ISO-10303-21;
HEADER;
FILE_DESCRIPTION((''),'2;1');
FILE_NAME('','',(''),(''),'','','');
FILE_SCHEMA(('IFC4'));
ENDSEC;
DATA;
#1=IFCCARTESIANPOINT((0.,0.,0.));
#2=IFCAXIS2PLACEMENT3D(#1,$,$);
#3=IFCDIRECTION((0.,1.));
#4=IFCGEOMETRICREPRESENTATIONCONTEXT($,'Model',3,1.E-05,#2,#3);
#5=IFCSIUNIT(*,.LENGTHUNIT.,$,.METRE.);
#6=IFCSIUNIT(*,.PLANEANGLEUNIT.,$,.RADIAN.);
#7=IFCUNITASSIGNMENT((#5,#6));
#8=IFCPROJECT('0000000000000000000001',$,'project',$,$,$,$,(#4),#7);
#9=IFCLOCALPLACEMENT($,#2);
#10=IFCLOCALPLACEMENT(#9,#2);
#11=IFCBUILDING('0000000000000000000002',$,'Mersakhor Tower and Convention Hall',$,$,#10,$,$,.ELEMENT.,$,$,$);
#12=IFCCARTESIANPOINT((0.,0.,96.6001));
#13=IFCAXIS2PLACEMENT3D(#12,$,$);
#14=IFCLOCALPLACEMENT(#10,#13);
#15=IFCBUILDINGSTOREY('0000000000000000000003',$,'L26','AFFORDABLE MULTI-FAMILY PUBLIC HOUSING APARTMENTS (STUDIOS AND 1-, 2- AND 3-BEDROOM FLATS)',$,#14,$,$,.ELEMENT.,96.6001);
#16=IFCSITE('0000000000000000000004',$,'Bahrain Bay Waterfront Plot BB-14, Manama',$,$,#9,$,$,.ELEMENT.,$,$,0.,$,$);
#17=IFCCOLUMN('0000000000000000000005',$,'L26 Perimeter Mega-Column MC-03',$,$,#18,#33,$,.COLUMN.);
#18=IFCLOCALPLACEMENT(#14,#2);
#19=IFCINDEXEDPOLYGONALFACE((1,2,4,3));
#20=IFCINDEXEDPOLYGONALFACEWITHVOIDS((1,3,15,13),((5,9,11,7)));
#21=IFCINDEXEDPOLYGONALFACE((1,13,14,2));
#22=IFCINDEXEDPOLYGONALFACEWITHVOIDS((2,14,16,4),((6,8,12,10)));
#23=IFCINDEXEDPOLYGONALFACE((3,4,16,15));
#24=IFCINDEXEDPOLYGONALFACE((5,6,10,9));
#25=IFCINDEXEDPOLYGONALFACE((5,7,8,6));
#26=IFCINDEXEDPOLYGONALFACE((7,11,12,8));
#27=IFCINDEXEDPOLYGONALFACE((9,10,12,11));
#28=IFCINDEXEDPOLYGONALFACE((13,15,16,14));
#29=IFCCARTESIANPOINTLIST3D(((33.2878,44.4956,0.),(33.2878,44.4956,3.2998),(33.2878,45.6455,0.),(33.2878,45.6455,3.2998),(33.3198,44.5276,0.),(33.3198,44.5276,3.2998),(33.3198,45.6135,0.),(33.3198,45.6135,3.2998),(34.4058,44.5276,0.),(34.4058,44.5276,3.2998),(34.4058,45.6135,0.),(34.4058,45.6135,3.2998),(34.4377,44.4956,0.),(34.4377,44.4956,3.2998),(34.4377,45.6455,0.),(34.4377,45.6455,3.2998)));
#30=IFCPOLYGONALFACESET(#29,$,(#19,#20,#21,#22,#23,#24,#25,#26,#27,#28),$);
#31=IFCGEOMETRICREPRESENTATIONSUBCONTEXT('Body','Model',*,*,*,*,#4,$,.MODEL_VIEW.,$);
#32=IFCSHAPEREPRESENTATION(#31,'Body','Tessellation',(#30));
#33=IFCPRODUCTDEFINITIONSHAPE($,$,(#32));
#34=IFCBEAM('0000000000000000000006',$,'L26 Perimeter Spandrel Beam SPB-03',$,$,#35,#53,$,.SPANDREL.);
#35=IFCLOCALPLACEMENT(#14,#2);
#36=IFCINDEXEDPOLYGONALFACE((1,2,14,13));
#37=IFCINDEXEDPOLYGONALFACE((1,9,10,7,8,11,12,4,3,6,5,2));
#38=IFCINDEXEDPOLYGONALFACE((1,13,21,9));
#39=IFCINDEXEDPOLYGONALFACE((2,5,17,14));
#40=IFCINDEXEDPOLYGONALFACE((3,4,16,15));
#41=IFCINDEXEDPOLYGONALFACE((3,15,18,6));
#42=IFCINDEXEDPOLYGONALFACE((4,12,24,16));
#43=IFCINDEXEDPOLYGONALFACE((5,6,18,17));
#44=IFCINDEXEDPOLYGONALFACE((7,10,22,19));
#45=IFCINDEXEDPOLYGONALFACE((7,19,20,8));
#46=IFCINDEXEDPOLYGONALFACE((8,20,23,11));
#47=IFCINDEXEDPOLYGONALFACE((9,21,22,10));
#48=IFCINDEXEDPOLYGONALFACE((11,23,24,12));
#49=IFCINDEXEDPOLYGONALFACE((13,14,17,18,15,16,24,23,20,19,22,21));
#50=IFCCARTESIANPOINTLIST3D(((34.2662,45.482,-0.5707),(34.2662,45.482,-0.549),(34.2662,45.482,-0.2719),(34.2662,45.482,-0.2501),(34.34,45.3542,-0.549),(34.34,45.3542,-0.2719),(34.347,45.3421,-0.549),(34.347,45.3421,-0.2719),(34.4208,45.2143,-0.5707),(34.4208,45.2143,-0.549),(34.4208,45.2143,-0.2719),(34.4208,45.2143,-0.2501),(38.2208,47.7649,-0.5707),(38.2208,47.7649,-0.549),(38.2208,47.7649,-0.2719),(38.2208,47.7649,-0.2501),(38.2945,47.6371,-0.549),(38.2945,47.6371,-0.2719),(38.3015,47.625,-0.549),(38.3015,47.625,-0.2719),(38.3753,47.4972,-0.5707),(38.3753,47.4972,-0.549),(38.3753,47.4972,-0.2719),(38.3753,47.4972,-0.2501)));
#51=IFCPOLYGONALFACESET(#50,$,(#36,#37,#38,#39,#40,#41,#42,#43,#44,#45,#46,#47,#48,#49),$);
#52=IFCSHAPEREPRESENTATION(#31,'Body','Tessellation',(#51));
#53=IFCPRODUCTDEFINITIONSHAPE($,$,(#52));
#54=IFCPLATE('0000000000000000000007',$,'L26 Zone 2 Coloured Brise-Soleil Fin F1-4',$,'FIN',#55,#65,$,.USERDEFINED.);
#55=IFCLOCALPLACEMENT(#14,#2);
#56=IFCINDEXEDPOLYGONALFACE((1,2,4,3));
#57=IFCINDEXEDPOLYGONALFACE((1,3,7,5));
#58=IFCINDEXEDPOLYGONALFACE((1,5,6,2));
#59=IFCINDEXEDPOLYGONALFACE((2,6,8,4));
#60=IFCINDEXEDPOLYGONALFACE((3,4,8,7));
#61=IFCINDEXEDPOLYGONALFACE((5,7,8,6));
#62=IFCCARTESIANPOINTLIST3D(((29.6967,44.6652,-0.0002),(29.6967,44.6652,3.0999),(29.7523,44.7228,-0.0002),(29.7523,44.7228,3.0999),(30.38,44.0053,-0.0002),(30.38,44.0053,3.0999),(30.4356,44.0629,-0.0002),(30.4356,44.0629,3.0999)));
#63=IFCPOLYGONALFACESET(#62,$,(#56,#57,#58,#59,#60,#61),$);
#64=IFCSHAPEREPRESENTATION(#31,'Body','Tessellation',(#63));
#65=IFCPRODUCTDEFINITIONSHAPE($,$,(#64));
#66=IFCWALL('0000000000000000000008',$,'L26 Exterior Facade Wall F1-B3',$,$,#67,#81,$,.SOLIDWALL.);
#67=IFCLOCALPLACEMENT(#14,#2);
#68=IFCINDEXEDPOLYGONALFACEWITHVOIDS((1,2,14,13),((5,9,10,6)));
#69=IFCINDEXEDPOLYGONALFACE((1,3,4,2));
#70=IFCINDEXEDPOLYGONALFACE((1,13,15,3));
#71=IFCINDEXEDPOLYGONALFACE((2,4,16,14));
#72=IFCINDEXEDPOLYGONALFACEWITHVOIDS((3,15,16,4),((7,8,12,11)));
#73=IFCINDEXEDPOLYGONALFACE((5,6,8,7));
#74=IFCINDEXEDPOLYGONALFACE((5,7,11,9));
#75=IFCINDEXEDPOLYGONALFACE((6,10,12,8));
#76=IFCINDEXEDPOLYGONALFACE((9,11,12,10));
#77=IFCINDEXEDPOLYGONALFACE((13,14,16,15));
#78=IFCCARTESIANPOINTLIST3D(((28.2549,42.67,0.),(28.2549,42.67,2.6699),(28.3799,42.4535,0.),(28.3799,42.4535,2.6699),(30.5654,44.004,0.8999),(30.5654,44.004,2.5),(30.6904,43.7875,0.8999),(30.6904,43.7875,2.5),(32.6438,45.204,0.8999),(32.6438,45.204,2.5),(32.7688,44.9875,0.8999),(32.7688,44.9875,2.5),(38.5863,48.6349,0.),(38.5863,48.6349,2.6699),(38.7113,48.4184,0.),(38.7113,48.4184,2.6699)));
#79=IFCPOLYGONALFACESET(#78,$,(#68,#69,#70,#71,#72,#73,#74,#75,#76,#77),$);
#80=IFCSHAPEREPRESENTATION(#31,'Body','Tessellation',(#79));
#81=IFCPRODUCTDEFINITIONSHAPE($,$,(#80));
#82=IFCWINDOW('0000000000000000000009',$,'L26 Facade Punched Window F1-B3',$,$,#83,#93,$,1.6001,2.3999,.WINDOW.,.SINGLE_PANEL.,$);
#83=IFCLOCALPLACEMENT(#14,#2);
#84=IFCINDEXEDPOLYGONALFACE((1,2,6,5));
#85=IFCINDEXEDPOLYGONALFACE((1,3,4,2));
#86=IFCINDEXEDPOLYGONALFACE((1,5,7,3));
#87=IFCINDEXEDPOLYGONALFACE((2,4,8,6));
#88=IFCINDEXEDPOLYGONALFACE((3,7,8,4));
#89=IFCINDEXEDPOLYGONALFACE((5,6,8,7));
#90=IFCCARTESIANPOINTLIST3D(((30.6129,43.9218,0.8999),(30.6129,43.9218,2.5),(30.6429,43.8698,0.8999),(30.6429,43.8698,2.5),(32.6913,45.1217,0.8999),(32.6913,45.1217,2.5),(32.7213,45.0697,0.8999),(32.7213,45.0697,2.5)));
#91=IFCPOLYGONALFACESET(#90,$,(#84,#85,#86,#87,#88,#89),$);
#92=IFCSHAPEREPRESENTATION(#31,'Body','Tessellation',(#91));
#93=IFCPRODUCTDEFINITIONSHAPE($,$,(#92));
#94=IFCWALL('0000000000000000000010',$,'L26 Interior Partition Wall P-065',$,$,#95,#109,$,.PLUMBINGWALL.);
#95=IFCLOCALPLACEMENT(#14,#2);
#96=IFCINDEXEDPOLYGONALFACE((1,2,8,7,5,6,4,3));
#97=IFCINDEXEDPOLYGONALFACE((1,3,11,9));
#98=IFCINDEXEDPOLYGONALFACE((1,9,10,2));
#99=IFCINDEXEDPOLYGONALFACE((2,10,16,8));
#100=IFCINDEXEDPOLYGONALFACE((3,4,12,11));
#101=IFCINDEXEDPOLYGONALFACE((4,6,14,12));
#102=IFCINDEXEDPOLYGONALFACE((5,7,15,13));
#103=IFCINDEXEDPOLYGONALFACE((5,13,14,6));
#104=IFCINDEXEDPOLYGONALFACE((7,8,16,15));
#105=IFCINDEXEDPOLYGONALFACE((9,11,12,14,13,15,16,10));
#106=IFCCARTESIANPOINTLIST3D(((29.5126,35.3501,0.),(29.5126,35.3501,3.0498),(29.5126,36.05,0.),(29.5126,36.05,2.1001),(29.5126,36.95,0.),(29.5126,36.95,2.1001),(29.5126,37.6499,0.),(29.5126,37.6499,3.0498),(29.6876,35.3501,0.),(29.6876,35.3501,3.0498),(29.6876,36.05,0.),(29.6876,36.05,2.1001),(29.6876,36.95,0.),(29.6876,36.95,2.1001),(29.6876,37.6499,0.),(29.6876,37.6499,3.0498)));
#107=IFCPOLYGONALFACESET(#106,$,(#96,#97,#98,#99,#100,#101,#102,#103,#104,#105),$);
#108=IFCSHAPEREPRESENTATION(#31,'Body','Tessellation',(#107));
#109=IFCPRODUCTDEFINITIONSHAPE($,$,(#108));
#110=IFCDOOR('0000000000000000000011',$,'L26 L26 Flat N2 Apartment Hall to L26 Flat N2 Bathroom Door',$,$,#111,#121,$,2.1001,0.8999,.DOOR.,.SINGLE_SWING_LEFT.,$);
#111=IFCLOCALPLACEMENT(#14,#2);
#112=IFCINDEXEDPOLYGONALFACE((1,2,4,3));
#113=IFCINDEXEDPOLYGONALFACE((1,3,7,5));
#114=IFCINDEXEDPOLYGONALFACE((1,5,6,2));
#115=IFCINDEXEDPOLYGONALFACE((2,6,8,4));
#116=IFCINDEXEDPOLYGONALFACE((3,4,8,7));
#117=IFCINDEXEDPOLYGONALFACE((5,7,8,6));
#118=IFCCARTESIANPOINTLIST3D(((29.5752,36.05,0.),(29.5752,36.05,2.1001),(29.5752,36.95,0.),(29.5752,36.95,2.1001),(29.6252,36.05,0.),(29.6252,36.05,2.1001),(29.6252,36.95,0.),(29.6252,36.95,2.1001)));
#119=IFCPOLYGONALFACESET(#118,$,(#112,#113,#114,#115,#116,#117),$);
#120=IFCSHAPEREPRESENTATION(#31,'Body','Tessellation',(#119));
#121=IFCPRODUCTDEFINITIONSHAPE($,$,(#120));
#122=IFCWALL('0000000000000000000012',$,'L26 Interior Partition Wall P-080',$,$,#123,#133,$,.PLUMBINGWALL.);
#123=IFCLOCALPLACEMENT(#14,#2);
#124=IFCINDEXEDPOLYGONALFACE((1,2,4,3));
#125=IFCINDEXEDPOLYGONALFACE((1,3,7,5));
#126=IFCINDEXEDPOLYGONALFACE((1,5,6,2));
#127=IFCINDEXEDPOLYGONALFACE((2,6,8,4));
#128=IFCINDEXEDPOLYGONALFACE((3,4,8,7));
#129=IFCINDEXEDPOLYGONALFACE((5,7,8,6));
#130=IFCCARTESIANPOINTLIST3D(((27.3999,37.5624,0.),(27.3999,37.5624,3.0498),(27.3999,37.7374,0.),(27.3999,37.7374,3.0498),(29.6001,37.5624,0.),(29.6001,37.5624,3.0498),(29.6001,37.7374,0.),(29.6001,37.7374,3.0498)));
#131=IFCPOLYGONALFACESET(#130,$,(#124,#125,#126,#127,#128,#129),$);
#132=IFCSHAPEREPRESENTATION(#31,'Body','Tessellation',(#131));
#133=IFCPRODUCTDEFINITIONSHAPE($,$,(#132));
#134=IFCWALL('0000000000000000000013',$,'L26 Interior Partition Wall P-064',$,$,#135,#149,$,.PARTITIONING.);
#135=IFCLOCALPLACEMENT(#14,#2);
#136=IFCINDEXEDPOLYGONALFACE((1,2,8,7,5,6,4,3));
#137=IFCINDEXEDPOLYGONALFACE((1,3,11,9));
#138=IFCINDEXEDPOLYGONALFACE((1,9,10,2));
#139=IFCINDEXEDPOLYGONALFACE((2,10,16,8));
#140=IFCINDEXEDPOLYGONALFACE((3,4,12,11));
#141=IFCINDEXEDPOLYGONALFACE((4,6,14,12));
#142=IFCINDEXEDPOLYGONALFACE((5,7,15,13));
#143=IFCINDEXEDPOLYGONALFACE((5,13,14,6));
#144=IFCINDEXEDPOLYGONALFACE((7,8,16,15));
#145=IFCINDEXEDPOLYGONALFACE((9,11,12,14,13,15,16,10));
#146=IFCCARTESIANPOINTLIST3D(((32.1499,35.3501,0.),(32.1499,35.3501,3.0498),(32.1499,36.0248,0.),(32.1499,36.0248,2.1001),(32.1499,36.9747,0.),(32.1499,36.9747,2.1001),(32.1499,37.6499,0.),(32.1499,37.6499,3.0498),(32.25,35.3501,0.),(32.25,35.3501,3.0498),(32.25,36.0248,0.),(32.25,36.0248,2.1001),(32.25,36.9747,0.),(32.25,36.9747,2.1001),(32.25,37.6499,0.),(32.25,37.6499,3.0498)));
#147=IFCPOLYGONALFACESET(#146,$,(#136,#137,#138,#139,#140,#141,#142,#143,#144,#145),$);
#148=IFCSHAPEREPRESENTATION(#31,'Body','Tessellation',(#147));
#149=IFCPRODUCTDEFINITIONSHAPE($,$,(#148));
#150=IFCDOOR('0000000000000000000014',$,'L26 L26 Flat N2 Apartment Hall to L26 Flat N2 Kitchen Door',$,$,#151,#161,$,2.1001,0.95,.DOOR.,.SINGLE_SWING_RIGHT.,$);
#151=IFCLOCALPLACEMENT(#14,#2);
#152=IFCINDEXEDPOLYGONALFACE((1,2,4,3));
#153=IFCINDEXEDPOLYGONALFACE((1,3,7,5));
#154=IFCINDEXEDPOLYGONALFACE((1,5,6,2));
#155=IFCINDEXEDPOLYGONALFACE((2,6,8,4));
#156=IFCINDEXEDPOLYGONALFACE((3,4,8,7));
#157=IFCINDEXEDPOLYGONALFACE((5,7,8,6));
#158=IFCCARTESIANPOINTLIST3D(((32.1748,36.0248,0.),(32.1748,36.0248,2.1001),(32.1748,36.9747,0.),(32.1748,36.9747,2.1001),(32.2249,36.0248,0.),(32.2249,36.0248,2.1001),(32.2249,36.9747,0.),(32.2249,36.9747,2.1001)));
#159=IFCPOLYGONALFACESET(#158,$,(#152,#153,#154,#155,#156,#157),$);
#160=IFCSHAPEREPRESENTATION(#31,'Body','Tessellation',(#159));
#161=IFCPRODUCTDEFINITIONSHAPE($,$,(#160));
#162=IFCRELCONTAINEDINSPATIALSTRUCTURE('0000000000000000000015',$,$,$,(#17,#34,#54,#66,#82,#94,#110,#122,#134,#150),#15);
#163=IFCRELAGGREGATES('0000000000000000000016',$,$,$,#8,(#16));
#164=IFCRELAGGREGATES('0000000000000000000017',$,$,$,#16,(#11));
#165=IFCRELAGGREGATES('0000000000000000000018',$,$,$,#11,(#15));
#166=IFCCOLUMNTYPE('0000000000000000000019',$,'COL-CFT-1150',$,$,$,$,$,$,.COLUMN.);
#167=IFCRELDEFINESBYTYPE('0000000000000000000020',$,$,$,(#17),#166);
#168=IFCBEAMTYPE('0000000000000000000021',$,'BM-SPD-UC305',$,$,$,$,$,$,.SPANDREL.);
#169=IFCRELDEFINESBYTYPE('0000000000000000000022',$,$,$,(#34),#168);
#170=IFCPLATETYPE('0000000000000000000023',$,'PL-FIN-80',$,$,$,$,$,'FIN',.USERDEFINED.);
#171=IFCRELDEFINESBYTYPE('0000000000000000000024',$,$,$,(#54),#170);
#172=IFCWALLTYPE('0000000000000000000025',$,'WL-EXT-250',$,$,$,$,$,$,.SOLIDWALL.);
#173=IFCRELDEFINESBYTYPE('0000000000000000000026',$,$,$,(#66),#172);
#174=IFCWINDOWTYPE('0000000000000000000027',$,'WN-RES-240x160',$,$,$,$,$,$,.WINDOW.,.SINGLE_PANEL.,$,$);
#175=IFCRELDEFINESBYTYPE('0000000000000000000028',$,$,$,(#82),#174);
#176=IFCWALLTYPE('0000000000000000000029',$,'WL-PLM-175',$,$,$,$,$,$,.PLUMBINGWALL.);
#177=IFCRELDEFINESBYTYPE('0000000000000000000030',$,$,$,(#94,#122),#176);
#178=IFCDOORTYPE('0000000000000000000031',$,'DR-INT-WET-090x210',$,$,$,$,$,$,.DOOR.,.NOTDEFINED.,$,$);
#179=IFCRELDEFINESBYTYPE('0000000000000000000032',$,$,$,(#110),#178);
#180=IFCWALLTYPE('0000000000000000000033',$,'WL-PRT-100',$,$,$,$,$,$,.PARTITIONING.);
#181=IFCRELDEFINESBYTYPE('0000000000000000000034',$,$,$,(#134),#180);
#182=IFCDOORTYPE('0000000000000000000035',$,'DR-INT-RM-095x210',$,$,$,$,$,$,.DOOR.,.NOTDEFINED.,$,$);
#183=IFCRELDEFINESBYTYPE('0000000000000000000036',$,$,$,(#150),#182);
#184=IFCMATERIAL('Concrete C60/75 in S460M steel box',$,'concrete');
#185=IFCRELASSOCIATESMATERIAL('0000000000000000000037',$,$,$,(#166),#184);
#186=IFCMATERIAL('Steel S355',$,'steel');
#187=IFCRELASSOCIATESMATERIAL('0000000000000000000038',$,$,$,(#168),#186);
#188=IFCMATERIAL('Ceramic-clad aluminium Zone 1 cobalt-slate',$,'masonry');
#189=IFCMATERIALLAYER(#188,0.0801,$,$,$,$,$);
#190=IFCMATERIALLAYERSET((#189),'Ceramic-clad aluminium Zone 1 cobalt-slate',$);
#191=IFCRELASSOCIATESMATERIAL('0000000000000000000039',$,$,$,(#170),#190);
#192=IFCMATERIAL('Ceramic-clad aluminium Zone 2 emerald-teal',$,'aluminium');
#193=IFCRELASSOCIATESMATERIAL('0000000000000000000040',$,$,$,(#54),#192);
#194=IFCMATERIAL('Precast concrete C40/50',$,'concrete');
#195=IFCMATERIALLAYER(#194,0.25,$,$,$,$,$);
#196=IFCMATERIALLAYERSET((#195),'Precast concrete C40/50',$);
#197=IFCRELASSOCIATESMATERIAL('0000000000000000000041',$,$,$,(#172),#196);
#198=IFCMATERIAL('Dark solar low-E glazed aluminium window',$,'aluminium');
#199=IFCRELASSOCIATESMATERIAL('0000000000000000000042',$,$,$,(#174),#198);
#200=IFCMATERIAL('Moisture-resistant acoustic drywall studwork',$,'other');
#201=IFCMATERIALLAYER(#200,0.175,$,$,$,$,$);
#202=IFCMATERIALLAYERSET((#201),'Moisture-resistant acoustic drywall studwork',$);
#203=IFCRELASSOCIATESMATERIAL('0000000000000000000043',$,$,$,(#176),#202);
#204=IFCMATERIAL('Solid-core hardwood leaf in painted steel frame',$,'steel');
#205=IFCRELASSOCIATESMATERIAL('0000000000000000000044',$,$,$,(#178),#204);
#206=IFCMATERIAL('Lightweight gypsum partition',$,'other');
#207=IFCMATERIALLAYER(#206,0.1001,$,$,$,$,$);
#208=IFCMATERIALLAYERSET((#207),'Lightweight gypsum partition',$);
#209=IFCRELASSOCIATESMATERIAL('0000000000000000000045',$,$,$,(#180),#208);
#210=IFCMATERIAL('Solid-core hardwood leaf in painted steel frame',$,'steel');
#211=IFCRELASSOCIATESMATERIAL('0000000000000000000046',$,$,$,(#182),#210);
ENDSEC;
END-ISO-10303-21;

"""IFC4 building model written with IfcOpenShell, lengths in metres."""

from ifc_helpers import new_model, si_unit, direction, frame, frame_2d, origin, origin_2d, place, context, subcontext, project, spatial, rectangle, hollow_rectangle, i_section, extrude, material, layer, layer_set, material_profile, profile_set, type_object, element, fill, save


model = new_model("IFC4")

# Units and contexts
model_context = context("Model", 3, precision=1e-05, world=origin(), true_north=direction((0.0, 1.0)))
body_context = subcontext(model_context, "Body", "Model", "MODEL_VIEW")
ifc_project = project(units=[si_unit("LENGTHUNIT", "METRE"), si_unit("PLANEANGLEUNIT", "RADIAN")], contexts=[model_context])

# Site, building, storey
site_placement = place(None, origin())
site = spatial("IfcSite", under=ifc_project, at=site_placement, Name="Bahrain Bay Waterfront Plot BB-14, Manama", CompositionType="ELEMENT", RefElevation=0.0)
building_placement = place(site_placement, origin())
building = spatial("IfcBuilding", under=site, at=building_placement, Name="Mersakhor Tower and Convention Hall", CompositionType="ELEMENT")
storey_placement = place(building_placement, frame((0.0, 0.0, 96.6001)))
storey = spatial("IfcBuildingStorey", under=building, at=storey_placement, Name="L26", Description="AFFORDABLE MULTI-FAMILY PUBLIC HOUSING APARTMENTS (STUDIOS AND 1-, 2- AND 3-BEDROOM FLATS)", CompositionType="ELEMENT", Elevation=96.6001)

# Column
ifc_material_1 = material(Name="Concrete C60/75 in S460M steel box", Category="concrete")
ifc_material_profile_1 = material_profile(ifc_material_1, hollow_rectangle(XDim=1.1499, YDim=1.1499, WallThickness=0.032, at=origin_2d()), Name="SHS 1150x1150x32")
ifc_profile_set_1 = profile_set([ifc_material_profile_1], Name="Concrete C60/75 in S460M steel box")
column_type = type_object("IfcColumnType", Name="COL-CFT-1150", PredefinedType="COLUMN", material=ifc_profile_set_1)
column_placement = place(storey_placement, frame((33.8628, 45.0706, 0.0), z_axis=(0.0, 0.0, 1.0), x_axis=(1.0, 0.0, 0.0)))
element("IfcColumn", 1, at=column_placement, inside=storey, type_object=column_type, Name="L26 Perimeter Mega-Column MC-03", PredefinedType="COLUMN", context=body_context, shape_type="SweptSolid", body=[
    extrude(hollow_rectangle(XDim=1.1499, YDim=1.1499, WallThickness=0.032, at=origin_2d()), origin(), (0.0, 0.0, 1.0), 3.2998),
])

# Beam
ifc_material_2 = material(Name="Steel S355", Category="steel")
ifc_material_profile_2 = material_profile(ifc_material_2, i_section(OverallWidth=0.3091, OverallDepth=0.3206, WebThickness=0.0139, FlangeThickness=0.0217, at=origin_2d()), Name="UC 305x305x137")
ifc_profile_set_2 = profile_set([ifc_material_profile_2], Name="Steel S355")
beam_type = type_object("IfcBeamType", Name="BM-SPD-UC305", PredefinedType="SPANDREL", material=ifc_profile_set_2)
beam_placement = place(storey_placement, frame((34.3435, 45.3481, -0.4104), z_axis=(0.866047, 0.499963, 0.0), x_axis=(-0.499963, 0.866047, 0.0)))
element("IfcBeam", 2, at=beam_placement, inside=storey, type_object=beam_type, Name="L26 Perimeter Spandrel Beam SPB-03", PredefinedType="SPANDREL", context=body_context, shape_type="SweptSolid", body=[
    extrude(i_section(OverallWidth=0.3091, OverallDepth=0.3206, WebThickness=0.0139, FlangeThickness=0.0217, at=origin_2d()), origin(), (0.0, 0.0, 1.0), 4.5662),
])

# Plate
ifc_material_3 = material(Name="Ceramic-clad aluminium Zone 2 emerald-teal", Category="aluminium")
ifc_material_4 = material(Name="Ceramic-clad aluminium Zone 1 cobalt-slate", Category="masonry")
ifc_layer_1 = layer(ifc_material_4, 0.0801)
ifc_layer_set_1 = layer_set([ifc_layer_1], Name="Ceramic-clad aluminium Zone 1 cobalt-slate")
plate_type = type_object("IfcPlateType", Name="PL-FIN-80", ElementType="FIN", PredefinedType="USERDEFINED", material=ifc_layer_set_1)
plate_placement = place(storey_placement, frame((30.0662, 44.364, -0.0002), z_axis=(0.0, 0.0, 1.0), x_axis=(-0.71934, 0.694658, 0.0)))
element("IfcPlate", 3, at=plate_placement, inside=storey, type_object=plate_type, material=ifc_material_3, Name="L26 Zone 2 Coloured Brise-Soleil Fin F1-4", ObjectType="FIN", PredefinedType="USERDEFINED", context=body_context, shape_type="SweptSolid", body=[
    extrude(rectangle(XDim=0.95, YDim=0.0801, at=origin_2d()), origin(), (0.0, 0.0, 1.0), 3.1001),
])

# Wall, opening, window
ifc_material_5 = material(Name="Precast concrete C40/50", Category="concrete")
ifc_layer_2 = layer(ifc_material_5, 0.25)
ifc_layer_set_2 = layer_set([ifc_layer_2], Name="Precast concrete C40/50")
wall_type_1 = type_object("IfcWallType", Name="WL-EXT-250", PredefinedType="SOLIDWALL", material=ifc_layer_set_2)
wall_1_placement = place(storey_placement, frame((28.3174, 42.5618, 0.0), z_axis=(0.0, 0.0, 1.0), x_axis=(0.866023, 0.500004, 0.0)))
wall_1 = element("IfcWall", 4, at=wall_1_placement, inside=storey, type_object=wall_type_1, Name="L26 Exterior Facade Wall F1-B3", PredefinedType="SOLIDWALL", context=body_context, shape_type="SweptSolid", body=[
    extrude(rectangle(XDim=11.9297, YDim=0.25, at=frame_2d((5.9648, 0.0))), origin(), (0.0, 0.0, 1.0), 2.6699),
])
opening_1_placement = place(wall_1_placement, frame((2.668, 0.0, 0.8999)))
opening_1 = element("IfcOpeningElement", 5, at=opening_1_placement, cuts=wall_1, PredefinedType="OPENING", context=body_context, shape_type="SweptSolid", body=[
    extrude(rectangle(XDim=2.3999, YDim=1.6001, at=frame_2d((1.2, 0.8))), frame((0.0, 0.135, 0.0), z_axis=(0.0, -1.0, 0.0), x_axis=(1.0, 0.0, 0.0)), (0.0, 0.0, 1.0), 0.27),
])
ifc_material_6 = material(Name="Dark solar low-E glazed aluminium window", Category="aluminium")
window_type = type_object("IfcWindowType", Name="WN-RES-240x160", PartitioningType="SINGLE_PANEL", PredefinedType="WINDOW", material=ifc_material_6)
window_placement = place(opening_1_placement, origin())
window = element("IfcWindow", 6, at=window_placement, inside=storey, type_object=window_type, Name="L26 Facade Punched Window F1-B3", OverallHeight=1.6001, OverallWidth=2.3999, PartitioningType="SINGLE_PANEL", PredefinedType="WINDOW", context=body_context, shape_type="SweptSolid", body=[
    extrude(rectangle(XDim=2.3999, YDim=1.6001, at=frame_2d((1.2, 0.8))), frame((0.0, 0.03, 0.0), z_axis=(0.0, -1.0, 0.0), x_axis=(1.0, 0.0, 0.0)), (0.0, 0.0, 1.0), 0.0601),
])
fill(opening_1, window)

# Wall, opening, door
ifc_material_7 = material(Name="Moisture-resistant acoustic drywall studwork", Category="other")
ifc_layer_3 = layer(ifc_material_7, 0.175)
ifc_layer_set_3 = layer_set([ifc_layer_3], Name="Moisture-resistant acoustic drywall studwork")
wall_type_2 = type_object("IfcWallType", Name="WL-PLM-175", PredefinedType="PLUMBINGWALL", material=ifc_layer_set_3)
wall_2_placement = place(storey_placement, frame((29.6001, 35.3501, 0.0), z_axis=(0.0, 0.0, 1.0), x_axis=(0.0, 1.0, 0.0)))
wall_2 = element("IfcWall", 7, at=wall_2_placement, inside=storey, type_object=wall_type_2, Name="L26 Interior Partition Wall P-065", PredefinedType="PLUMBINGWALL", context=body_context, shape_type="SweptSolid", body=[
    extrude(rectangle(XDim=2.2998, YDim=0.175, at=frame_2d((1.1499, 0.0))), origin(), (0.0, 0.0, 1.0), 3.0498),
])
opening_2_placement = place(wall_2_placement, frame((0.7, 0.0, 0.0)))
opening_2 = element("IfcOpeningElement", 8, at=opening_2_placement, cuts=wall_2, PredefinedType="OPENING", context=body_context, shape_type="SweptSolid", body=[
    extrude(rectangle(XDim=0.8999, YDim=2.1001, at=frame_2d((0.45, 1.05))), frame((0.0, 0.0974, 0.0), z_axis=(0.0, -1.0, 0.0), x_axis=(1.0, 0.0, 0.0)), (0.0, 0.0, 1.0), 0.1951),
])
ifc_material_8 = material(Name="Solid-core hardwood leaf in painted steel frame", Category="steel")
door_type_1 = type_object("IfcDoorType", Name="DR-INT-WET-090x210", OperationType="NOTDEFINED", PredefinedType="DOOR", material=ifc_material_8)
door_1_placement = place(opening_2_placement, origin())
door_1 = element("IfcDoor", 9, at=door_1_placement, inside=storey, type_object=door_type_1, Name="L26 L26 Flat N2 Apartment Hall to L26 Flat N2 Bathroom Door", OperationType="SINGLE_SWING_LEFT", OverallHeight=2.1001, OverallWidth=0.8999, PredefinedType="DOOR", context=body_context, shape_type="SweptSolid", body=[
    extrude(rectangle(XDim=0.8999, YDim=2.1001, at=frame_2d((0.45, 1.05))), frame((0.0, 0.0249, 0.0), z_axis=(0.0, -1.0, 0.0), x_axis=(1.0, 0.0, 0.0)), (0.0, 0.0, 1.0), 0.05),
])
fill(opening_2, door_1)

# Wall
wall_3_placement = place(storey_placement, frame((27.3999, 37.6499, 0.0), z_axis=(0.0, 0.0, 1.0), x_axis=(1.0, 0.0, 0.0)))
element("IfcWall", 10, at=wall_3_placement, inside=storey, type_object=wall_type_2, Name="L26 Interior Partition Wall P-080", PredefinedType="PLUMBINGWALL", context=body_context, shape_type="SweptSolid", body=[
    extrude(rectangle(XDim=2.2002, YDim=0.175, at=frame_2d((1.1001, 0.0))), origin(), (0.0, 0.0, 1.0), 3.0498),
])

# Wall, opening, door
ifc_material_9 = material(Name="Lightweight gypsum partition", Category="other")
ifc_layer_4 = layer(ifc_material_9, 0.1001)
ifc_layer_set_4 = layer_set([ifc_layer_4], Name="Lightweight gypsum partition")
wall_type_3 = type_object("IfcWallType", Name="WL-PRT-100", PredefinedType="PARTITIONING", material=ifc_layer_set_4)
wall_4_placement = place(storey_placement, frame((32.2, 37.6499, 0.0), z_axis=(0.0, 0.0, 1.0), x_axis=(0.0, -1.0, 0.0)))
wall_4 = element("IfcWall", 11, at=wall_4_placement, inside=storey, type_object=wall_type_3, Name="L26 Interior Partition Wall P-064", PredefinedType="PARTITIONING", context=body_context, shape_type="SweptSolid", body=[
    extrude(rectangle(XDim=2.2998, YDim=0.1001, at=frame_2d((1.1499, 0.0))), origin(), (0.0, 0.0, 1.0), 3.0498),
])
opening_3_placement = place(wall_4_placement, frame((0.675, 0.0, 0.0)))
opening_3 = element("IfcOpeningElement", 12, at=opening_3_placement, cuts=wall_4, PredefinedType="OPENING", context=body_context, shape_type="SweptSolid", body=[
    extrude(rectangle(XDim=0.95, YDim=2.1001, at=frame_2d((0.4751, 1.05))), frame((0.0, 0.0601, 0.0), z_axis=(0.0, -1.0, 0.0), x_axis=(1.0, 0.0, 0.0)), (0.0, 0.0, 1.0), 0.1201),
])
ifc_material_10 = material(Name="Solid-core hardwood leaf in painted steel frame", Category="steel")
door_type_2 = type_object("IfcDoorType", Name="DR-INT-RM-095x210", OperationType="NOTDEFINED", PredefinedType="DOOR", material=ifc_material_10)
door_2_placement = place(opening_3_placement, origin())
door_2 = element("IfcDoor", 13, at=door_2_placement, inside=storey, type_object=door_type_2, Name="L26 L26 Flat N2 Apartment Hall to L26 Flat N2 Kitchen Door", OperationType="SINGLE_SWING_RIGHT", OverallHeight=2.1001, OverallWidth=0.95, PredefinedType="DOOR", context=body_context, shape_type="SweptSolid", body=[
    extrude(rectangle(XDim=0.95, YDim=2.1001, at=frame_2d((0.4751, 1.05))), frame((0.0, 0.0249, 0.0), z_axis=(0.0, -1.0, 0.0), x_axis=(1.0, 0.0, 0.0)), (0.0, 0.0, 1.0), 0.05),
])
fill(opening_3, door_2)

save(model, "model.ifc")
